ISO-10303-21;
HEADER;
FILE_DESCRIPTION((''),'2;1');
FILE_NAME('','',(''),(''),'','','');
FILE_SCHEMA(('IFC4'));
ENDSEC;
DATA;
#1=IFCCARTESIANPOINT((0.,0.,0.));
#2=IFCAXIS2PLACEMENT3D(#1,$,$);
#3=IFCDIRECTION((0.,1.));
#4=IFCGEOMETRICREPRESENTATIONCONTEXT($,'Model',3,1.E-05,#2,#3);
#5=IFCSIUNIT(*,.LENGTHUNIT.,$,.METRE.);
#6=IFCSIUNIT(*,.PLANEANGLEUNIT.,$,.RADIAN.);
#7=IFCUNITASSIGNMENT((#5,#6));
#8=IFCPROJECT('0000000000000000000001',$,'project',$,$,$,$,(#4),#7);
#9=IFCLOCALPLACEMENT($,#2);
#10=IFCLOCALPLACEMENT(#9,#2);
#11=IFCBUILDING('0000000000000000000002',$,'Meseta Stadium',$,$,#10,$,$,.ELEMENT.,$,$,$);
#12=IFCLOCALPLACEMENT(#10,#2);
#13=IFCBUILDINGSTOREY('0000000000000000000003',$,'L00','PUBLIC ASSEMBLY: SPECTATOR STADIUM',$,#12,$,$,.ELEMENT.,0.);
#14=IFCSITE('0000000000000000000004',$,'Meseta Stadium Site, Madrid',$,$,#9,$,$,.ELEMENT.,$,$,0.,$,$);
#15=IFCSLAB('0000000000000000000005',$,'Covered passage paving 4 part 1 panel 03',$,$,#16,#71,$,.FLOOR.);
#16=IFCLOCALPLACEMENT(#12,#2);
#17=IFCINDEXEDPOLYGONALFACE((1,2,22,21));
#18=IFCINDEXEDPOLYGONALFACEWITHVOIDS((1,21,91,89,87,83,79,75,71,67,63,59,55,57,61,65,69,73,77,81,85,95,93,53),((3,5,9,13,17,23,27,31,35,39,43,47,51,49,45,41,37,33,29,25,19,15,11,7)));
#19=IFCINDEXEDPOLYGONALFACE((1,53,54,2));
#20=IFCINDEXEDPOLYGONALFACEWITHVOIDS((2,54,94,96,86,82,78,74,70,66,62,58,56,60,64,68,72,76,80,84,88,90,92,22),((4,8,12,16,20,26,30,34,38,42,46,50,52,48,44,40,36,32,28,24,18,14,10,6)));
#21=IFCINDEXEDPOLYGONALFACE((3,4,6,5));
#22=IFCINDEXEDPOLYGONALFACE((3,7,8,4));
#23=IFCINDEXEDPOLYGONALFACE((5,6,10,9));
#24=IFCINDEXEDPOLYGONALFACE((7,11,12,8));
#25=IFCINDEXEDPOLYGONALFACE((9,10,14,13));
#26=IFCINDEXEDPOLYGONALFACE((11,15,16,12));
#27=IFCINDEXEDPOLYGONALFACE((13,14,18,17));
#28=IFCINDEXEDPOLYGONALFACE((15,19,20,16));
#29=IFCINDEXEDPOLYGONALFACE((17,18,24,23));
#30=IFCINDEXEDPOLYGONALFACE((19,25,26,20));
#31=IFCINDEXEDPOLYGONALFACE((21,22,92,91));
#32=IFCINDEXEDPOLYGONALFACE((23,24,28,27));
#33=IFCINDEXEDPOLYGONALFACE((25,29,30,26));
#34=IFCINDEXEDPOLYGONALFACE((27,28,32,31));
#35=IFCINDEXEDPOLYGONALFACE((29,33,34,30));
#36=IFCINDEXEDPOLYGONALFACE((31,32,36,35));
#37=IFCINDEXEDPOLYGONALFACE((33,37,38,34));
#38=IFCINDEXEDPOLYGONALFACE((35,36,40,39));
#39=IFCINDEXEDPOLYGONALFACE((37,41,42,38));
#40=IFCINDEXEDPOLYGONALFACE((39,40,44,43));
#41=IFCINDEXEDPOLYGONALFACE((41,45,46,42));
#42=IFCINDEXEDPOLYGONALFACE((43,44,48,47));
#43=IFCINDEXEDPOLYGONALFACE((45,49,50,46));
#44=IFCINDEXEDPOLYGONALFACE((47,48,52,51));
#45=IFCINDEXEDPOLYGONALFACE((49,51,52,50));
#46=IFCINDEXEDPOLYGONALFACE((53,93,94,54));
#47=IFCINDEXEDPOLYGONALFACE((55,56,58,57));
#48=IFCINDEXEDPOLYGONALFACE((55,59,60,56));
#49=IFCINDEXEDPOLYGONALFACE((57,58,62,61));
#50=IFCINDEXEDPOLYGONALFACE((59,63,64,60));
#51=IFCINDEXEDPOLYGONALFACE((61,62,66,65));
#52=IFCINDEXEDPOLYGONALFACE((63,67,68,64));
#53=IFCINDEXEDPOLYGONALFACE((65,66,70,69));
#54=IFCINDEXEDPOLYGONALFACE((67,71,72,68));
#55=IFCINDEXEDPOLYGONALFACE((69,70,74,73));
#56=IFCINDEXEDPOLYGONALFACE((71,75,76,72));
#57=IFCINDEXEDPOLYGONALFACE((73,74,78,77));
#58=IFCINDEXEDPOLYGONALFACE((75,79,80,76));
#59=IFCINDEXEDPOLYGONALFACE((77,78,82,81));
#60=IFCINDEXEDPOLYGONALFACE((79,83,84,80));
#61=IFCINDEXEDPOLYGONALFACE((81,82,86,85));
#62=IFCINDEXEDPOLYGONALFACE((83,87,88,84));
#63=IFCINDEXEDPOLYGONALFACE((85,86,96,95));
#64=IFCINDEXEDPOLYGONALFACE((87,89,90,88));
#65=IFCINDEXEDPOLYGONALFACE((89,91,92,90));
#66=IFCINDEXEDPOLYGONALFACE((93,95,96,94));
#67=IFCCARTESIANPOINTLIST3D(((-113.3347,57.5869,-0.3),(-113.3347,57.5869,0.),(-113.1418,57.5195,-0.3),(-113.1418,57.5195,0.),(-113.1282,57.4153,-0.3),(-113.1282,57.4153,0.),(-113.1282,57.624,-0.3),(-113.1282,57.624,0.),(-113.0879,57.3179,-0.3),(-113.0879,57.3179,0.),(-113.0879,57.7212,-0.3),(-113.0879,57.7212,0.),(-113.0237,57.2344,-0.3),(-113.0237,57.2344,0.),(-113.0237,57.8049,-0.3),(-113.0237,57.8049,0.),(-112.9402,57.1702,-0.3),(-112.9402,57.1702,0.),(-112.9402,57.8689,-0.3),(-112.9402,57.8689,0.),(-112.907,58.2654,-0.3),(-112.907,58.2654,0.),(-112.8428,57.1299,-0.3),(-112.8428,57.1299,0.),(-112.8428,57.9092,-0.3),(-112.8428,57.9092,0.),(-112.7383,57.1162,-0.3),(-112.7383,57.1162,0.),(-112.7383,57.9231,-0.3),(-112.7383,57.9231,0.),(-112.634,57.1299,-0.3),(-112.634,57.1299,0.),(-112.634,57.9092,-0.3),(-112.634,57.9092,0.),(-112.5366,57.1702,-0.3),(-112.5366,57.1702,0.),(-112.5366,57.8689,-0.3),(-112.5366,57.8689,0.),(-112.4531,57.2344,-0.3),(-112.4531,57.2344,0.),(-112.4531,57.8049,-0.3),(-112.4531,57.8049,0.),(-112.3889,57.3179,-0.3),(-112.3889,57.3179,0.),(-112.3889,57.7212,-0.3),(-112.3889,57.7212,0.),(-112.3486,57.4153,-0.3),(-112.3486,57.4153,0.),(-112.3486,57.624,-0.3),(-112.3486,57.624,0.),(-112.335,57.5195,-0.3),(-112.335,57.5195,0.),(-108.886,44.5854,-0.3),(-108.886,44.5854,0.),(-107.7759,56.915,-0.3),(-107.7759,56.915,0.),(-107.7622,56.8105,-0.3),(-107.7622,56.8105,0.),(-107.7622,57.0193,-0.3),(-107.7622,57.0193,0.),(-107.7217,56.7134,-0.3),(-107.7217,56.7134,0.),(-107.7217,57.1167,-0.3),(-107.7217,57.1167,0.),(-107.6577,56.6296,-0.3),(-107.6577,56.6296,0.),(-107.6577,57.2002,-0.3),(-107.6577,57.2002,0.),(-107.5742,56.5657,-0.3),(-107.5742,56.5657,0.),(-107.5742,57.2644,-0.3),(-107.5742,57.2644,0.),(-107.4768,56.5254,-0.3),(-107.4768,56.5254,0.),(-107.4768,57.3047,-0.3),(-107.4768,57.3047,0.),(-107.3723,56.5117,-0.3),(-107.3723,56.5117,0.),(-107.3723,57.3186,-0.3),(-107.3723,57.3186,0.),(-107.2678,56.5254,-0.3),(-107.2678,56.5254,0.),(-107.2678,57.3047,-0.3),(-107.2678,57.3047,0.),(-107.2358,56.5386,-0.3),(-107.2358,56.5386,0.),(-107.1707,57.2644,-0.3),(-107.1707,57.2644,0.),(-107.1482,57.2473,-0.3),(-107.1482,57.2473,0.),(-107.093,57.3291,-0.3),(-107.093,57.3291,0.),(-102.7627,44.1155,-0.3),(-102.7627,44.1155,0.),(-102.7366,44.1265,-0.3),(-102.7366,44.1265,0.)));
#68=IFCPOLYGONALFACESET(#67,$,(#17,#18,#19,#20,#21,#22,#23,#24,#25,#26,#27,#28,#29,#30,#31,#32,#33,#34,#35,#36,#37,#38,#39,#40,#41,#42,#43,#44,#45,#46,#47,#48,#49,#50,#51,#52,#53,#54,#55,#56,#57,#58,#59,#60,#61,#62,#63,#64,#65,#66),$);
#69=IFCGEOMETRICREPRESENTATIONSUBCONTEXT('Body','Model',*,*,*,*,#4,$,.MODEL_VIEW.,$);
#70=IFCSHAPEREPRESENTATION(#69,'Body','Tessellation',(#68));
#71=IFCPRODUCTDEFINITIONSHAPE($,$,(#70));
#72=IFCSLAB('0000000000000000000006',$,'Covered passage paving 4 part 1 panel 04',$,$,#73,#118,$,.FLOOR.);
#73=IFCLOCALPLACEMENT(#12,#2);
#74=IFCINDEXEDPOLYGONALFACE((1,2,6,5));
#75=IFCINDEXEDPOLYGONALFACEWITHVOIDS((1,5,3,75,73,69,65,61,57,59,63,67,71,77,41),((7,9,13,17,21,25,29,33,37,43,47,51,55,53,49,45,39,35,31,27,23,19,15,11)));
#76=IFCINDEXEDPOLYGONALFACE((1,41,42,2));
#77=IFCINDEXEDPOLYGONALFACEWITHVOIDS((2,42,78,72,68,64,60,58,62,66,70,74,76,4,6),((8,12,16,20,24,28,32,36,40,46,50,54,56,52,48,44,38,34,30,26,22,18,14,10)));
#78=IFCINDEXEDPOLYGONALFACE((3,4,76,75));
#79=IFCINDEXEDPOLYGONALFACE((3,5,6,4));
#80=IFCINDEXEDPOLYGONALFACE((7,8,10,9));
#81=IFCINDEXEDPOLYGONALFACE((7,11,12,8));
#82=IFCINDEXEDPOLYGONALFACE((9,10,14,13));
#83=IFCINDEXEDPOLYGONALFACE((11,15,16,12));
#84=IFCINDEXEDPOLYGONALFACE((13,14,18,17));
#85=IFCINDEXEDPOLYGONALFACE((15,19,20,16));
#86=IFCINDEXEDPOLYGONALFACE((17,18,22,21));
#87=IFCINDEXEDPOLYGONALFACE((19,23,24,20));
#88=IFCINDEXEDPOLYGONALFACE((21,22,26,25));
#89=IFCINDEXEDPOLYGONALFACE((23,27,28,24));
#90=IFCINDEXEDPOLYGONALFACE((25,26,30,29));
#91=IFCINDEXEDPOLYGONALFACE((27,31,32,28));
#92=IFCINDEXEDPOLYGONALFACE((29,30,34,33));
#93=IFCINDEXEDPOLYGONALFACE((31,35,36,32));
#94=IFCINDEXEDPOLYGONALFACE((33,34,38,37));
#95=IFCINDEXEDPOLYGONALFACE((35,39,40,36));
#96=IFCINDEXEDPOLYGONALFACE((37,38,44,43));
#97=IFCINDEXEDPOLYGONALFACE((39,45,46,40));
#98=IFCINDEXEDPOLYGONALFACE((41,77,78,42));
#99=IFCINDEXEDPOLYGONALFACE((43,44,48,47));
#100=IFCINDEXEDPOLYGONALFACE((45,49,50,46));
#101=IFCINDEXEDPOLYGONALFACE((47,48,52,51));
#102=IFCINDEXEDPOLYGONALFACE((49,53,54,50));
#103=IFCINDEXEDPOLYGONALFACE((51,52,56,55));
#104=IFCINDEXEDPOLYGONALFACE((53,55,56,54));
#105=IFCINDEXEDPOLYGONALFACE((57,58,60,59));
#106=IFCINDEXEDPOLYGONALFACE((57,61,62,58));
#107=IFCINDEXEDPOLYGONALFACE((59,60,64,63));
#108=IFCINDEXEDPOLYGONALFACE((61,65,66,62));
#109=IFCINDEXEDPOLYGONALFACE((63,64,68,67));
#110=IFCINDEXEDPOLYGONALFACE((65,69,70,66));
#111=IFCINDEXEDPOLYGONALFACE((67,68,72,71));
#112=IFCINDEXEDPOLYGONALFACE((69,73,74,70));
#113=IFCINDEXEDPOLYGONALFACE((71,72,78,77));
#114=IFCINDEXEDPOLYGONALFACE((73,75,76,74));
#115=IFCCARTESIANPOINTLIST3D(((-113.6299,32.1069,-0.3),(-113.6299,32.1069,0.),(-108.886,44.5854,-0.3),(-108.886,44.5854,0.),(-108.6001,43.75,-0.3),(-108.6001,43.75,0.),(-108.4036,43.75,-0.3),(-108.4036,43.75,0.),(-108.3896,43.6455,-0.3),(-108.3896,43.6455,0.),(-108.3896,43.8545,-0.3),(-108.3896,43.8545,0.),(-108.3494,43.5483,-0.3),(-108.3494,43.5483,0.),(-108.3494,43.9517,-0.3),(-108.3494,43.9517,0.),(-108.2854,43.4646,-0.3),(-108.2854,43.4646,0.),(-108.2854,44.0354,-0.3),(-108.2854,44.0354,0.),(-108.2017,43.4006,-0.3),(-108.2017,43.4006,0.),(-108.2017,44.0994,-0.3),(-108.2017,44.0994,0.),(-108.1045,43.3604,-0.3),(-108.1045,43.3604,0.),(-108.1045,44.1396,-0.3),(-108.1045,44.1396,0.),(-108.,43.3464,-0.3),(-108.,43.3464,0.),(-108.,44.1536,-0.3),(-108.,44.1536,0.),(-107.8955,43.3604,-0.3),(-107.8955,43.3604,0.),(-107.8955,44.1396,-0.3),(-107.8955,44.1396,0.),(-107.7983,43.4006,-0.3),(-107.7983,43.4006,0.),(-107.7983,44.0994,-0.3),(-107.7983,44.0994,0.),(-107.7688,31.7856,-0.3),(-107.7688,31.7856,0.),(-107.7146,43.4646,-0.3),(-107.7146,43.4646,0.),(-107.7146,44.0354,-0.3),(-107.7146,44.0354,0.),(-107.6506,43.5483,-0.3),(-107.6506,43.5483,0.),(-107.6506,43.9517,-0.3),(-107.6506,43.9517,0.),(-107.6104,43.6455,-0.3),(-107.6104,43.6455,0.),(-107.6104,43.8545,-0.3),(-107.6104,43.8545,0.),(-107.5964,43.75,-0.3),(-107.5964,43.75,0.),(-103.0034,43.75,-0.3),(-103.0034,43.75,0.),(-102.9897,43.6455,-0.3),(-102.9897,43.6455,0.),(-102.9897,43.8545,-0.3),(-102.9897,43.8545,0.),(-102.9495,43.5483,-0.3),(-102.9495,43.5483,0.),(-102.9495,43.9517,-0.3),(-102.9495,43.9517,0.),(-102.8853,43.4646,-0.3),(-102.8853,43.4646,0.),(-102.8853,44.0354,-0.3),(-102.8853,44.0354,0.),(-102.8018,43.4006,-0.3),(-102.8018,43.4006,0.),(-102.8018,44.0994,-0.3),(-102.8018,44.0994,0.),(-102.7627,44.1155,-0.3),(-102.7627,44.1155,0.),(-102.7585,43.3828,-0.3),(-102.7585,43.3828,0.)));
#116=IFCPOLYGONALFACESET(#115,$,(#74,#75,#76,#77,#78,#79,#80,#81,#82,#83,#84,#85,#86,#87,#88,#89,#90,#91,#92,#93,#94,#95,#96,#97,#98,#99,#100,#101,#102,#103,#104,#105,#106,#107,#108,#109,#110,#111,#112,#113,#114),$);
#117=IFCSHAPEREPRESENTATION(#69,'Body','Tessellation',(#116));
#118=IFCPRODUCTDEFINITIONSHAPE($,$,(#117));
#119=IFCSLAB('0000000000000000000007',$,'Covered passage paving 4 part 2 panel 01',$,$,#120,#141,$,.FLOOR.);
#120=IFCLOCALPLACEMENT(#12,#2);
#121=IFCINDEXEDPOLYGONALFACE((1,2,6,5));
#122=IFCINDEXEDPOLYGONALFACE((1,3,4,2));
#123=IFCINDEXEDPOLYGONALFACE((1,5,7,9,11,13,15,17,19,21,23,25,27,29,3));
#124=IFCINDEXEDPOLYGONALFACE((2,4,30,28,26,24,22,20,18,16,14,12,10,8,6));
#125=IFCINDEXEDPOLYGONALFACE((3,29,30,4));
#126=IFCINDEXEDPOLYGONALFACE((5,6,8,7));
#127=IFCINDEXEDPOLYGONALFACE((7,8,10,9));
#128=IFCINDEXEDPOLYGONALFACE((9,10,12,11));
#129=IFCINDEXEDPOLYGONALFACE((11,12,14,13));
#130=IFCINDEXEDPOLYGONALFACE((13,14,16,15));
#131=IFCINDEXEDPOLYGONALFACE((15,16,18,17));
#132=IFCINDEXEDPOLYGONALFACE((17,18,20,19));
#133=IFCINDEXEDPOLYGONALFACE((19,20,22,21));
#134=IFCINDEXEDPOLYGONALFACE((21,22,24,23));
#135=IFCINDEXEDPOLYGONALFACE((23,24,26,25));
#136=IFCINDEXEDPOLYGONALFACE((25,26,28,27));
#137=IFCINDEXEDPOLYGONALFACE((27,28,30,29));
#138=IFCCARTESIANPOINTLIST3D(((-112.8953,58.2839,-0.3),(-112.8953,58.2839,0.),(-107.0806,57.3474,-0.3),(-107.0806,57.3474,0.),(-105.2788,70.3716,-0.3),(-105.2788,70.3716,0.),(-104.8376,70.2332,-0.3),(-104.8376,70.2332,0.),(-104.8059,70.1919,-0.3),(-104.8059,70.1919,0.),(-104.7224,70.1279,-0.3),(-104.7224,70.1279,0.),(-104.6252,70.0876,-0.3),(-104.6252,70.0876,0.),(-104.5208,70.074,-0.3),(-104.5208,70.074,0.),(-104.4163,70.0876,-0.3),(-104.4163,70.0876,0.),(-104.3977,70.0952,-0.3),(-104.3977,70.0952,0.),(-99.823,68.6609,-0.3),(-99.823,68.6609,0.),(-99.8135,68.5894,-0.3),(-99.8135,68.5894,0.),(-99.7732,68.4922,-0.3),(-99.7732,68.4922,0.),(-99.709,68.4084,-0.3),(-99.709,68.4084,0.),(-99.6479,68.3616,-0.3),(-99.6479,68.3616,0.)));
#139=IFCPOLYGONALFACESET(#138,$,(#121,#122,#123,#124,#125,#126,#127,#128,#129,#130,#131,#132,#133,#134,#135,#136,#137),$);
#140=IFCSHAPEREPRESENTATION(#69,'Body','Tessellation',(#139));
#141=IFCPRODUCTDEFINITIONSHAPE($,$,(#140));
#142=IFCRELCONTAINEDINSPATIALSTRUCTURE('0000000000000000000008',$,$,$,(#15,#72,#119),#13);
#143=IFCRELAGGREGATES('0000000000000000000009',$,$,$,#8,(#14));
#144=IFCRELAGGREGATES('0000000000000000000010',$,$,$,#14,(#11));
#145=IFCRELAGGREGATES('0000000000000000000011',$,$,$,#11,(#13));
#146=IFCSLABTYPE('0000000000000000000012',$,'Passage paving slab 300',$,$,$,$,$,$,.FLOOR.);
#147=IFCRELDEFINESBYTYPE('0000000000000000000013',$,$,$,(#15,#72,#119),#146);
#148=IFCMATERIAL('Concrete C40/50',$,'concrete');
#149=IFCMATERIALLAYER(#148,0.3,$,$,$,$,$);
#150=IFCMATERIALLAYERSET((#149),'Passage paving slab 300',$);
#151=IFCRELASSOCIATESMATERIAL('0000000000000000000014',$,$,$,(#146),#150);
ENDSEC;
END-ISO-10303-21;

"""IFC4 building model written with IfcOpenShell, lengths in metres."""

from ifc_helpers import new_model, si_unit, direction, frame, origin, place, context, subcontext, project, spatial, polyline, outline, extrude, material, layer, layer_set, type_object, element, save


model = new_model("IFC4")

# Units and contexts
model_context = context("Model", 3, precision=1e-05, world=origin(), true_north=direction((0.0, 1.0)))
body_context = subcontext(model_context, "Body", "Model", "MODEL_VIEW")
ifc_project = project(units=[si_unit("LENGTHUNIT", "METRE"), si_unit("PLANEANGLEUNIT", "RADIAN")], contexts=[model_context])

# Site, building, storey
site_placement = place(None, origin())
site = spatial("IfcSite", under=ifc_project, at=site_placement, Name="Meseta Stadium Site, Madrid", CompositionType="ELEMENT", RefElevation=0.0)
building_placement = place(site_placement, origin())
building = spatial("IfcBuilding", under=site, at=building_placement, Name="Meseta Stadium", CompositionType="ELEMENT")
storey_placement = place(building_placement, origin())
storey = spatial("IfcBuildingStorey", under=building, at=storey_placement, Name="L00", Description="PUBLIC ASSEMBLY: SPECTATOR STADIUM", CompositionType="ELEMENT", Elevation=0.0)

# Slabs
ifc_material_1 = material(Name="Concrete C40/50", Category="concrete")
ifc_layer_1 = layer(ifc_material_1, 0.3)
ifc_layer_set_1 = layer_set([ifc_layer_1], Name="Passage paving slab 300")
slab_type_1 = type_object("IfcSlabType", Name="Passage paving slab 300", PredefinedType="FLOOR", material=ifc_layer_set_1)
slab_1_placement = place(storey_placement, frame((0.0, 0.0, -0.3)))
element("IfcSlab", 1, at=slab_1_placement, inside=storey, type_object=slab_type_1, Name="Covered passage paving 4 part 1 panel 03", PredefinedType="FLOOR", context=body_context, shape_type="SweptSolid", body=[
    extrude(outline(polyline([(-107.093, 57.3291), (-112.907, 58.2654), (-113.3347, 57.5869), (-108.886, 44.5854), (-102.7627, 44.1155), (-102.7366, 44.1265), (-107.2358, 56.5386), (-107.2678, 56.5254), (-107.3723, 56.5117), (-107.4768, 56.5254), (-107.5742, 56.5657), (-107.6577, 56.6296), (-107.7217, 56.7134), (-107.7622, 56.8105), (-107.7759, 56.915), (-107.7622, 57.0193), (-107.7217, 57.1167), (-107.6577, 57.2002), (-107.5742, 57.2644), (-107.4768, 57.3047), (-107.3723, 57.3186), (-107.2678, 57.3047), (-107.1707, 57.2644), (-107.1482, 57.2473), (-107.093, 57.3291)]), holes=[polyline([(-112.7383, 57.1162), (-112.8428, 57.1299), (-112.9402, 57.1702), (-113.0237, 57.2344), (-113.0879, 57.3179), (-113.1282, 57.4153), (-113.1418, 57.5195), (-113.1282, 57.624), (-113.0879, 57.7212), (-113.0237, 57.8049), (-112.9402, 57.8689), (-112.8428, 57.9092), (-112.7383, 57.9231), (-112.634, 57.9092), (-112.5366, 57.8689), (-112.4531, 57.8049), (-112.3889, 57.7212), (-112.3486, 57.624), (-112.335, 57.5195), (-112.3486, 57.4153), (-112.3889, 57.3179), (-112.4531, 57.2344), (-112.5366, 57.1702), (-112.634, 57.1299), (-112.7383, 57.1162)])]), origin(), (0.0, 0.0, 1.0), 0.3),
])
slab_2_placement = place(storey_placement, frame((0.0, 0.0, -0.3)))
element("IfcSlab", 2, at=slab_2_placement, inside=storey, type_object=slab_type_1, Name="Covered passage paving 4 part 1 panel 04", PredefinedType="FLOOR", context=body_context, shape_type="SweptSolid", body=[
    extrude(outline(polyline([(-108.886, 44.5854), (-108.6001, 43.75), (-113.6299, 32.1069), (-107.7688, 31.7856), (-102.7585, 43.3828), (-102.8018, 43.4006), (-102.8853, 43.4646), (-102.9495, 43.5483), (-102.9897, 43.6455), (-103.0034, 43.75), (-102.9897, 43.8545), (-102.9495, 43.9517), (-102.8853, 44.0354), (-102.8018, 44.0994), (-102.7627, 44.1155), (-108.886, 44.5854)]), holes=[polyline([(-108.0, 43.3464), (-108.1045, 43.3604), (-108.2017, 43.4006), (-108.2854, 43.4646), (-108.3494, 43.5483), (-108.3896, 43.6455), (-108.4036, 43.75), (-108.3896, 43.8545), (-108.3494, 43.9517), (-108.2854, 44.0354), (-108.2017, 44.0994), (-108.1045, 44.1396), (-108.0, 44.1536), (-107.8955, 44.1396), (-107.7983, 44.0994), (-107.7146, 44.0354), (-107.6506, 43.9517), (-107.6104, 43.8545), (-107.5964, 43.75), (-107.6104, 43.6455), (-107.6506, 43.5483), (-107.7146, 43.4646), (-107.7983, 43.4006), (-107.8955, 43.3604), (-108.0, 43.3464)])]), origin(), (0.0, 0.0, 1.0), 0.3),
])
slab_3_placement = place(storey_placement, frame((0.0, 0.0, -0.3)))
element("IfcSlab", 3, at=slab_3_placement, inside=storey, type_object=slab_type_1, Name="Covered passage paving 4 part 2 panel 01", PredefinedType="FLOOR", context=body_context, shape_type="SweptSolid", body=[
    extrude(outline(polyline([(-99.7732, 68.4922), (-99.8135, 68.5894), (-99.823, 68.6609), (-104.3977, 70.0952), (-104.4163, 70.0876), (-104.5208, 70.074), (-104.6252, 70.0876), (-104.7224, 70.1279), (-104.8059, 70.1919), (-104.8376, 70.2332), (-105.2788, 70.3716), (-112.8953, 58.2839), (-107.0806, 57.3474), (-99.6479, 68.3616), (-99.709, 68.4084), (-99.7732, 68.4922)])), origin(), (0.0, 0.0, 1.0), 0.3),
])

save(model, "model.ifc")
